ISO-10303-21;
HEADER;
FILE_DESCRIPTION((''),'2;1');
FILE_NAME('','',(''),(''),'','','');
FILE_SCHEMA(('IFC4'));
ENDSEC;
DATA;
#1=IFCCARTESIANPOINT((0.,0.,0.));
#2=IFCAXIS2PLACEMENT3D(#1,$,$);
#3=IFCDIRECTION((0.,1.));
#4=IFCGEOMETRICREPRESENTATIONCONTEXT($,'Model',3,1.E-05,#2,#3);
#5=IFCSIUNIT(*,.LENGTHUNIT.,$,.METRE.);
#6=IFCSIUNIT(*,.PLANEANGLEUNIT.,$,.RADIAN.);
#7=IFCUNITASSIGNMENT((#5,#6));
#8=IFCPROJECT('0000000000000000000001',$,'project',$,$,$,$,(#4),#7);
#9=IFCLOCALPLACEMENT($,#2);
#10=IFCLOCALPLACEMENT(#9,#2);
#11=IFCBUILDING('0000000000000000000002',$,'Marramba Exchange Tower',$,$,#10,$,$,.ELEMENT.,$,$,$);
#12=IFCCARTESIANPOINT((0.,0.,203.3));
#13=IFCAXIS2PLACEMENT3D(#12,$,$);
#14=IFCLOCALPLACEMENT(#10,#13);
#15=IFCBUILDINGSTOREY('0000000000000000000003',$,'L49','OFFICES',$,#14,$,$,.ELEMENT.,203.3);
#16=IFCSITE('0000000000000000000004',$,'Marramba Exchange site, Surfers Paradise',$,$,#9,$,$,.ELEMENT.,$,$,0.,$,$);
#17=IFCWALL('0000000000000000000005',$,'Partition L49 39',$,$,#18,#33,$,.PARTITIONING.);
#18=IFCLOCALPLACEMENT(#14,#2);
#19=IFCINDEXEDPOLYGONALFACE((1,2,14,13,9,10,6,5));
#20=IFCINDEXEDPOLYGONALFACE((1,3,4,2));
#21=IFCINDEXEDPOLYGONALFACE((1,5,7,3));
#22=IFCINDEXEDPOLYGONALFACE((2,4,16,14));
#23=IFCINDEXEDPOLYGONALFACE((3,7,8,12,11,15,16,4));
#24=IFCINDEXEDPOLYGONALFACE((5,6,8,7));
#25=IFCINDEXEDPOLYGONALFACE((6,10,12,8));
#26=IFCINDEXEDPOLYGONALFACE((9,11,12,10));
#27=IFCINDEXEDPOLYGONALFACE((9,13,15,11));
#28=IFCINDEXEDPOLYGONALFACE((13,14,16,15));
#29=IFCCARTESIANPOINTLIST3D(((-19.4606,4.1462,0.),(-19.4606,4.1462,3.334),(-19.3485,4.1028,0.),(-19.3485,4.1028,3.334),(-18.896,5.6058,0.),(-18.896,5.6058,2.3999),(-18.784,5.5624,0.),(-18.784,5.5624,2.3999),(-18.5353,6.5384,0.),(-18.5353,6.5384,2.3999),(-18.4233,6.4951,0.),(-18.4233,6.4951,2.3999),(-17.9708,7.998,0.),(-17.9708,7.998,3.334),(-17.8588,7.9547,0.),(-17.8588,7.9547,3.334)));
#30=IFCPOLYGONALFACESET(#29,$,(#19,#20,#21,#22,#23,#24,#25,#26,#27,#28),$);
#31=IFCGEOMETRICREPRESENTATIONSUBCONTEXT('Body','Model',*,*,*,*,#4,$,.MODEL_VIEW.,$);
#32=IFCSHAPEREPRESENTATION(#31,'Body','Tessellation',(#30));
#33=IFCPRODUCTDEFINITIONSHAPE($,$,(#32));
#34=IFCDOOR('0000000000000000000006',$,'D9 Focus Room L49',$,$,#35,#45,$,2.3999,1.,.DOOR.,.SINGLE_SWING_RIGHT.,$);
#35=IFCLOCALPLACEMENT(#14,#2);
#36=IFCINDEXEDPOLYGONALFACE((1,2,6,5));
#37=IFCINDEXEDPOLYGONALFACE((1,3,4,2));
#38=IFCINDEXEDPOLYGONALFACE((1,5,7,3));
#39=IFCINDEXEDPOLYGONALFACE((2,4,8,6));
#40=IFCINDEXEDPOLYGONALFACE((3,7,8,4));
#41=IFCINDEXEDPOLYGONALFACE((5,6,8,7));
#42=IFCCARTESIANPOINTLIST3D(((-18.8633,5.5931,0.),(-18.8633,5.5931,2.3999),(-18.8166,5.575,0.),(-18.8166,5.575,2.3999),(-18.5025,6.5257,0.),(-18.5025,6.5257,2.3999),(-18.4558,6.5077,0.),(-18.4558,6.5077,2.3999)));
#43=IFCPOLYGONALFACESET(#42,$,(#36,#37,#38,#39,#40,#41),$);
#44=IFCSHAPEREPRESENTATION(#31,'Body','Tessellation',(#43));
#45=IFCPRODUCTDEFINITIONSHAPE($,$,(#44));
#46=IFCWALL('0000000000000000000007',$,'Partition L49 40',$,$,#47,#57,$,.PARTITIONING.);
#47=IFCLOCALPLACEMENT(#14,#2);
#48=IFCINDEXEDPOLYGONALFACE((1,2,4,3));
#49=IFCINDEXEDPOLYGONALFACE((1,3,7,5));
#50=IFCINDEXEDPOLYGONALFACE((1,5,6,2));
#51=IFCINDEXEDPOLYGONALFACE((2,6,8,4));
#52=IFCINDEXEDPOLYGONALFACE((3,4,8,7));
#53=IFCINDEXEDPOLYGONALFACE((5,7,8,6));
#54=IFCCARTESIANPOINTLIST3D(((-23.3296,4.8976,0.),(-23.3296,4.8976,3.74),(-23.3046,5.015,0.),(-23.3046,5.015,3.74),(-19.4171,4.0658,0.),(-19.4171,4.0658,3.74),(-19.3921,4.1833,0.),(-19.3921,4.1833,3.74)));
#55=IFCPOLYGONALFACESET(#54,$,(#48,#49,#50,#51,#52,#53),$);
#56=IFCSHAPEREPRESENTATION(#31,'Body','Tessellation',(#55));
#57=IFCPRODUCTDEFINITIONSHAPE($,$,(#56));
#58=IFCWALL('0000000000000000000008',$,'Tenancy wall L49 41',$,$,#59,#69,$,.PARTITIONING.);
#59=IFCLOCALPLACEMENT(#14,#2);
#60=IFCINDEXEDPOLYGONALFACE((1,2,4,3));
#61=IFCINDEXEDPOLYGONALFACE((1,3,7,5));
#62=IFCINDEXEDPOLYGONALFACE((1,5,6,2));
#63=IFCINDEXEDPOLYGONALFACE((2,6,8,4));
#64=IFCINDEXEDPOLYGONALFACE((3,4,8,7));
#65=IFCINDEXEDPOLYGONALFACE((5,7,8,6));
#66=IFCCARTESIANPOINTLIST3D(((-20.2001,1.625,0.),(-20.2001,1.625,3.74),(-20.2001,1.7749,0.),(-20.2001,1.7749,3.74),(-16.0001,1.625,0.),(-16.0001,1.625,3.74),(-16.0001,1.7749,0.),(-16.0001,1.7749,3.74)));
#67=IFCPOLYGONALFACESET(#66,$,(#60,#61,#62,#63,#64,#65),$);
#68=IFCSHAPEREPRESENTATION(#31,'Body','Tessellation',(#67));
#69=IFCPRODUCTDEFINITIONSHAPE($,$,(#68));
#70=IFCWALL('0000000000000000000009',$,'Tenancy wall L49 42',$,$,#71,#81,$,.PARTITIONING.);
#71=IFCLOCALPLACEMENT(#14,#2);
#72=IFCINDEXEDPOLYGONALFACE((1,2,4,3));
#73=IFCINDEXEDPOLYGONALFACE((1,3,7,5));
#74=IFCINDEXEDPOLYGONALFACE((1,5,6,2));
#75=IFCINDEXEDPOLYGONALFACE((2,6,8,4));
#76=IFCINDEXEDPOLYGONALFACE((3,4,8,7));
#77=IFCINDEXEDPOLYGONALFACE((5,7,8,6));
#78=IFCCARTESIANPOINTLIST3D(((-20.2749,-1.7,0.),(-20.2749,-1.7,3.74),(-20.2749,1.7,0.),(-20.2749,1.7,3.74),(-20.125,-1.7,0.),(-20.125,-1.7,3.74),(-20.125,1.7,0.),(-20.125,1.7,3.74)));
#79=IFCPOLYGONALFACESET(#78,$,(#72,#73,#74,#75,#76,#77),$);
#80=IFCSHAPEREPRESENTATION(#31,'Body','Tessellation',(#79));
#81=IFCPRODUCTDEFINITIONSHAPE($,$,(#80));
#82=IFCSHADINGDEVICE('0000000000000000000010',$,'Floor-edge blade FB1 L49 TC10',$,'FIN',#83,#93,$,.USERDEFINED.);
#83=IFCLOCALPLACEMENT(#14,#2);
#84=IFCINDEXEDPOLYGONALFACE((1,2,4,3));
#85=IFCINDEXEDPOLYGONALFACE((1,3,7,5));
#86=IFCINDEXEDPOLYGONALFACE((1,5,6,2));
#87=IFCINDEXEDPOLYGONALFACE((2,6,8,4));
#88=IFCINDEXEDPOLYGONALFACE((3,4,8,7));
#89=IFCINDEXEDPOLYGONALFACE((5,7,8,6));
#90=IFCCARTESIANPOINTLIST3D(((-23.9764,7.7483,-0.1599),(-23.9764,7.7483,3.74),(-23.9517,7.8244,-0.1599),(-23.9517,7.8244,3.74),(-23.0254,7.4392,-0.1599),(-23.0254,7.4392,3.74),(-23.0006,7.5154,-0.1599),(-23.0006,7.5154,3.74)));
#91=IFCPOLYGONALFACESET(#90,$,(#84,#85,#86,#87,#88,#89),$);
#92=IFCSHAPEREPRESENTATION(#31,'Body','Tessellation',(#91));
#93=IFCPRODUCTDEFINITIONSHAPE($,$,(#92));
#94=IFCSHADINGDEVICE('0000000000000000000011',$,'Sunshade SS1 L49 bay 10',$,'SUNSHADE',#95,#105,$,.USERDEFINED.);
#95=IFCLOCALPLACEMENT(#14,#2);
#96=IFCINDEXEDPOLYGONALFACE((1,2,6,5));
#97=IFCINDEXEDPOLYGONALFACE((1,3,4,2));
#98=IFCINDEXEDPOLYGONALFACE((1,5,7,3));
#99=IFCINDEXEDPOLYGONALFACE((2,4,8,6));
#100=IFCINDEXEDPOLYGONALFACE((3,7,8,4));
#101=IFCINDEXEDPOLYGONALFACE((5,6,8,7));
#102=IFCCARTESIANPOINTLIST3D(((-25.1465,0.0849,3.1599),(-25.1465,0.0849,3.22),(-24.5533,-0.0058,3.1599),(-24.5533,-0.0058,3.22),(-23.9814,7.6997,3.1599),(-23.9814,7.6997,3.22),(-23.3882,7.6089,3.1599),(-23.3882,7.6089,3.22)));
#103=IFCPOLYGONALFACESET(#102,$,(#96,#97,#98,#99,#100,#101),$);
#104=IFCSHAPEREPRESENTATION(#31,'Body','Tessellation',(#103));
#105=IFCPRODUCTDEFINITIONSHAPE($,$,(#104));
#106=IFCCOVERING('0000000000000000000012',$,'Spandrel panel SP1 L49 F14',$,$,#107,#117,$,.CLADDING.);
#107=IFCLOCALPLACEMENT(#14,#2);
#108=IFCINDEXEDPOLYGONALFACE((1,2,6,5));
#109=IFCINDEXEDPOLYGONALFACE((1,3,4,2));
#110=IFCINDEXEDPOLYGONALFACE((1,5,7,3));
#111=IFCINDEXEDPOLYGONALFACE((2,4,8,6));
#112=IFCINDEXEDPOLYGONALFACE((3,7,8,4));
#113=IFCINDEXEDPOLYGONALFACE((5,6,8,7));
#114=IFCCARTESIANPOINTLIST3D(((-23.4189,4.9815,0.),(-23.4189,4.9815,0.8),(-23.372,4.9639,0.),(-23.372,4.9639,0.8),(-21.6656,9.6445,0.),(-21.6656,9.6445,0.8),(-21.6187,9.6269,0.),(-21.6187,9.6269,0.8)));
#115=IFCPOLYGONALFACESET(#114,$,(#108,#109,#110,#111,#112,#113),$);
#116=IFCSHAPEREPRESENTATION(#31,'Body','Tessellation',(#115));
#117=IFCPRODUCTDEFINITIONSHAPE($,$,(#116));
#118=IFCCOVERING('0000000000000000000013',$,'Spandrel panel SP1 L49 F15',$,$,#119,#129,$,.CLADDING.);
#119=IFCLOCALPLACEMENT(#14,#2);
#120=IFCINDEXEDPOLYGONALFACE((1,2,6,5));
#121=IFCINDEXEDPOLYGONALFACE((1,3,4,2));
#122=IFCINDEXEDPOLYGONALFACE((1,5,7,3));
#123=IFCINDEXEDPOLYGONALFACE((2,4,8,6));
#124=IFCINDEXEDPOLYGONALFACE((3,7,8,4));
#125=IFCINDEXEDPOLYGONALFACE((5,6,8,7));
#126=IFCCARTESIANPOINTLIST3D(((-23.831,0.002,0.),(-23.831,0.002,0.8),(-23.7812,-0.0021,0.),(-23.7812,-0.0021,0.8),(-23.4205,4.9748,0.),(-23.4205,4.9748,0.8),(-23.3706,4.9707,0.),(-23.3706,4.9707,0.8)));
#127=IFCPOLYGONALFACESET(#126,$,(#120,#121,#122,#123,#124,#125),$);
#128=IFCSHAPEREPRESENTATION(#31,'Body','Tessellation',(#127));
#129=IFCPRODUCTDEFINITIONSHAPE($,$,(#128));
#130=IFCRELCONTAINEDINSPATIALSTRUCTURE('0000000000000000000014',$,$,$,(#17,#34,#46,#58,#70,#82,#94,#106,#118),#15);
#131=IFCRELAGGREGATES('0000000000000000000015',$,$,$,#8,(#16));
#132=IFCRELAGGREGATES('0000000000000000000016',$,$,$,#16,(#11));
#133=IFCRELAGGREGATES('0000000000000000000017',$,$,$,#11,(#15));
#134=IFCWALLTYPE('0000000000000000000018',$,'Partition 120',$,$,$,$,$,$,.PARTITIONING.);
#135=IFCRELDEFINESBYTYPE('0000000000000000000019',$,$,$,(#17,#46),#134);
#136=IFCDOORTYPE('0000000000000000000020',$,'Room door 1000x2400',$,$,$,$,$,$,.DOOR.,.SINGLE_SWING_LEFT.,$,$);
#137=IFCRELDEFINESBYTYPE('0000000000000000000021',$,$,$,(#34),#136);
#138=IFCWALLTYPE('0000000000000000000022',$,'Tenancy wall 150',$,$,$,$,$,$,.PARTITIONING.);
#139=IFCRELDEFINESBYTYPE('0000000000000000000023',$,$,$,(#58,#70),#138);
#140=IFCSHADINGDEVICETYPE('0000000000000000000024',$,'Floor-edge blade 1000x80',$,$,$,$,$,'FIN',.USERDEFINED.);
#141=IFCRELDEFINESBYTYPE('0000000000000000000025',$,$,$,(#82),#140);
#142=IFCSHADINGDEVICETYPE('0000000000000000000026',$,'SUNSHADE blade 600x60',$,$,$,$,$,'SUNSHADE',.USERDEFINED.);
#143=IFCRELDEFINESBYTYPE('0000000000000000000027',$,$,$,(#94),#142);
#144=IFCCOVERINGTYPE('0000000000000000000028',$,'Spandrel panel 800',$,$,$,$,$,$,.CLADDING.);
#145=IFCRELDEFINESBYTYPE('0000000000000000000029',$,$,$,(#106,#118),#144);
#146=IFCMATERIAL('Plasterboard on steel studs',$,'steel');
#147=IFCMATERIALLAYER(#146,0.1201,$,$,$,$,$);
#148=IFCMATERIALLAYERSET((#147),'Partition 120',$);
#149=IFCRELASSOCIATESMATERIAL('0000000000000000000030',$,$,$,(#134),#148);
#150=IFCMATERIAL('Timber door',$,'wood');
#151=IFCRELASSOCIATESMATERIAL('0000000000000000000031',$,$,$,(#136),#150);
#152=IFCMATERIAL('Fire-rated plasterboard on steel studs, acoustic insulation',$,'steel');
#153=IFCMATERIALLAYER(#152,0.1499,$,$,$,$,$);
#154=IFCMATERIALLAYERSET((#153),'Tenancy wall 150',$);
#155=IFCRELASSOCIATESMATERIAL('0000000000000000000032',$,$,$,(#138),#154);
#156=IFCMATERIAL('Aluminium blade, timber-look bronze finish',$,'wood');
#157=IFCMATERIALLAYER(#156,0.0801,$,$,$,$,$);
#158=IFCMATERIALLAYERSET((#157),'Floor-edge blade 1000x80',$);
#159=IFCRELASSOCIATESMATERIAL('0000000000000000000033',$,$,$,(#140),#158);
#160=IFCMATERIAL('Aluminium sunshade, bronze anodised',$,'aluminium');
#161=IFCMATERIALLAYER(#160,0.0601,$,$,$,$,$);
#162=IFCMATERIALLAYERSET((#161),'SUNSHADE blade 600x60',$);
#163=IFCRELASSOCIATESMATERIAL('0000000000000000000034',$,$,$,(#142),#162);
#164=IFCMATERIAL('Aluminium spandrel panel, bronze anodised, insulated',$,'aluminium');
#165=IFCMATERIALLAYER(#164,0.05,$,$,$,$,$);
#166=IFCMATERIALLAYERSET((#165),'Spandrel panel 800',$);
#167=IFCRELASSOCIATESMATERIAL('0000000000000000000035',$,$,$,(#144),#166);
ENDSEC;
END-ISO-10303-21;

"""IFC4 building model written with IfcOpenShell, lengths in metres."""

from ifc_helpers import new_model, si_unit, direction, frame, frame_2d, origin, origin_2d, place, context, subcontext, project, spatial, rectangle, extrude, material, layer, layer_set, type_object, element, fill, save


model = new_model("IFC4")

# Units and contexts
model_context = context("Model", 3, precision=1e-05, world=origin(), true_north=direction((0.0, 1.0)))
body_context = subcontext(model_context, "Body", "Model", "MODEL_VIEW")
ifc_project = project(units=[si_unit("LENGTHUNIT", "METRE"), si_unit("PLANEANGLEUNIT", "RADIAN")], contexts=[model_context])

# Site, building, storey
site_placement = place(None, origin())
site = spatial("IfcSite", under=ifc_project, at=site_placement, Name="Marramba Exchange site, Surfers Paradise", CompositionType="ELEMENT", RefElevation=0.0)
building_placement = place(site_placement, origin())
building = spatial("IfcBuilding", under=site, at=building_placement, Name="Marramba Exchange Tower", CompositionType="ELEMENT")
storey_placement = place(building_placement, frame((0.0, 0.0, 203.3)))
storey = spatial("IfcBuildingStorey", under=building, at=storey_placement, Name="L49", Description="OFFICES", CompositionType="ELEMENT", Elevation=203.3)

# Shared definitions
ifc_material_1 = material(Name="Plasterboard on steel studs", Category="steel")
ifc_layer_1 = layer(ifc_material_1, 0.1201)
ifc_layer_set_1 = layer_set([ifc_layer_1], Name="Partition 120")
wall_type_1 = type_object("IfcWallType", Name="Partition 120", PredefinedType="PARTITIONING", material=ifc_layer_set_1)

# Wall, opening, door
wall_1_placement = place(storey_placement, frame((-19.4045, 4.1245, 0.0), z_axis=(0.0, 0.0, 1.0), x_axis=(0.360725, 0.932672, 0.0)))
wall_1 = element("IfcWall", 1, at=wall_1_placement, inside=storey, type_object=wall_type_1, Name="Partition L49 39", PredefinedType="PARTITIONING", context=body_context, shape_type="SweptSolid", body=[
    extrude(rectangle(XDim=4.1299, YDim=0.1201, at=frame_2d((2.0649, 0.0))), origin(), (0.0, 0.0, 1.0), 3.334),
])
opening_1_placement = place(wall_1_placement, frame((1.5649, 0.0, 0.0)))
opening_1 = element("IfcOpeningElement", 2, at=opening_1_placement, cuts=wall_1, PredefinedType="OPENING", context=body_context, shape_type="SweptSolid", body=[
    extrude(rectangle(XDim=1.0, YDim=2.3999, at=frame_2d((0.5, 1.2))), frame((0.0, 0.0701, 0.0), z_axis=(0.0, -1.0, 0.0), x_axis=(1.0, 0.0, 0.0)), (0.0, 0.0, 1.0), 0.1401),
])
ifc_material_2 = material(Name="Timber door", Category="wood")
door_type_1 = type_object("IfcDoorType", Name="Room door 1000x2400", OperationType="SINGLE_SWING_LEFT", PredefinedType="DOOR", material=ifc_material_2)
door_1_placement = place(opening_1_placement, origin())
door_1 = element("IfcDoor", 3, at=door_1_placement, inside=storey, type_object=door_type_1, Name="D9 Focus Room L49", OperationType="SINGLE_SWING_RIGHT", OverallHeight=2.3999, OverallWidth=1.0, PredefinedType="DOOR", context=body_context, shape_type="SweptSolid", body=[
    extrude(rectangle(XDim=1.0, YDim=2.3999, at=frame_2d((0.5, 1.2))), frame((0.0, 0.0249, 0.0), z_axis=(0.0, -1.0, 0.0), x_axis=(1.0, 0.0, 0.0)), (0.0, 0.0, 1.0), 0.05),
])
fill(opening_1, door_1)

# Walls
wall_2_placement = place(storey_placement, frame((-23.3171, 4.9563, 0.0), z_axis=(0.0, 0.0, 1.0), x_axis=(0.978141, -0.207945, 0.0)))
element("IfcWall", 4, at=wall_2_placement, inside=storey, type_object=wall_type_1, Name="Partition L49 40", PredefinedType="PARTITIONING", context=body_context, shape_type="SweptSolid", body=[
    extrude(rectangle(XDim=4.0, YDim=0.1201, at=frame_2d((2.0, 0.0))), origin(), (0.0, 0.0, 1.0), 3.74),
])
ifc_material_3 = material(Name="Fire-rated plasterboard on steel studs, acoustic insulation", Category="steel")
ifc_layer_2 = layer(ifc_material_3, 0.1499)
ifc_layer_set_2 = layer_set([ifc_layer_2], Name="Tenancy wall 150")
wall_type_2 = type_object("IfcWallType", Name="Tenancy wall 150", PredefinedType="PARTITIONING", material=ifc_layer_set_2)
wall_3_placement = place(storey_placement, frame((-16.0, 1.7, 0.0), z_axis=(0.0, 0.0, 1.0), x_axis=(-1.0, 0.0, 0.0)))
element("IfcWall", 5, at=wall_3_placement, inside=storey, type_object=wall_type_2, Name="Tenancy wall L49 41", PredefinedType="PARTITIONING", context=body_context, shape_type="SweptSolid", body=[
    extrude(rectangle(XDim=4.2, YDim=0.1499, at=frame_2d((2.1001, 0.0))), origin(), (0.0, 0.0, 1.0), 3.74),
])
wall_4_placement = place(storey_placement, frame((-20.2, 1.7, 0.0), z_axis=(0.0, 0.0, 1.0), x_axis=(0.0, -1.0, 0.0)))
element("IfcWall", 6, at=wall_4_placement, inside=storey, type_object=wall_type_2, Name="Tenancy wall L49 42", PredefinedType="PARTITIONING", context=body_context, shape_type="SweptSolid", body=[
    extrude(rectangle(XDim=3.3999, YDim=0.1499, at=frame_2d((1.7, 0.0))), origin(), (0.0, 0.0, 1.0), 3.74),
])

# Shading devices
ifc_material_4 = material(Name="Aluminium blade, timber-look bronze finish", Category="wood")
ifc_layer_3 = layer(ifc_material_4, 0.0801)
ifc_layer_set_3 = layer_set([ifc_layer_3], Name="Floor-edge blade 1000x80")
shading_device_type_1 = type_object("IfcShadingDeviceType", Name="Floor-edge blade 1000x80", ElementType="FIN", PredefinedType="USERDEFINED", material=ifc_layer_set_3)
shading_device_1_placement = place(storey_placement, frame((-23.4885, 7.6318, -0.1599), z_axis=(0.0, 0.0, 1.0), x_axis=(-0.951057, 0.309017, 0.0)))
element("IfcShadingDevice", 7, at=shading_device_1_placement, inside=storey, type_object=shading_device_type_1, Name="Floor-edge blade FB1 L49 TC10", ObjectType="FIN", PredefinedType="USERDEFINED", context=body_context, shape_type="SweptSolid", body=[
    extrude(rectangle(XDim=1.0, YDim=0.0801, at=origin_2d()), origin(), (0.0, 0.0, 1.0), 3.8999),
])
ifc_material_5 = material(Name="Aluminium sunshade, bronze anodised", Category="aluminium")
ifc_layer_4 = layer(ifc_material_5, 0.0601)
ifc_layer_set_4 = layer_set([ifc_layer_4], Name="SUNSHADE blade 600x60")
shading_device_type_2 = type_object("IfcShadingDeviceType", Name="SUNSHADE blade 600x60", ElementType="SUNSHADE", PredefinedType="USERDEFINED", material=ifc_layer_set_4)
shading_device_2_placement = place(storey_placement, frame((-24.2673, 3.8469, 3.1599), z_axis=(0.0, 0.0, 1.0), x_axis=(-0.151241, -0.988497, 0.0)))
element("IfcShadingDevice", 8, at=shading_device_2_placement, inside=storey, type_object=shading_device_type_2, Name="Sunshade SS1 L49 bay 10", ObjectType="SUNSHADE", PredefinedType="USERDEFINED", context=body_context, shape_type="SweptSolid", body=[
    extrude(rectangle(XDim=7.7034, YDim=0.6001, at=origin_2d()), origin(), (0.0, 0.0, 1.0), 0.0601),
])

# Coverings
ifc_material_6 = material(Name="Aluminium spandrel panel, bronze anodised, insulated", Category="aluminium")
ifc_layer_5 = layer(ifc_material_6, 0.05)
ifc_layer_set_5 = layer_set([ifc_layer_5], Name="Spandrel panel 800")
covering_type = type_object("IfcCoveringType", Name="Spandrel panel 800", PredefinedType="CLADDING", material=ifc_layer_set_5)
covering_1_placement = place(storey_placement, frame((-22.5188, 7.3042, 0.0), z_axis=(0.0, 0.0, 1.0), x_axis=(-0.351952, -0.936018, 0.0)))
element("IfcCovering", 9, at=covering_1_placement, inside=storey, type_object=covering_type, Name="Spandrel panel SP1 L49 F14", PredefinedType="CLADDING", context=body_context, shape_type="SweptSolid", body=[
    extrude(rectangle(XDim=4.9817, YDim=0.05, at=origin_2d()), origin(), (0.0, 0.0, 1.0), 0.8),
])
covering_2_placement = place(storey_placement, frame((-23.6008, 2.4863, 0.0), z_axis=(0.0, 0.0, 1.0), x_axis=(-0.082281, -0.996609, 0.0)))
element("IfcCovering", 10, at=covering_2_placement, inside=storey, type_object=covering_type, Name="Spandrel panel SP1 L49 F15", PredefinedType="CLADDING", context=body_context, shape_type="SweptSolid", body=[
    extrude(rectangle(XDim=4.9897, YDim=0.05, at=origin_2d()), origin(), (0.0, 0.0, 1.0), 0.8),
])

save(model, "model.ifc")
